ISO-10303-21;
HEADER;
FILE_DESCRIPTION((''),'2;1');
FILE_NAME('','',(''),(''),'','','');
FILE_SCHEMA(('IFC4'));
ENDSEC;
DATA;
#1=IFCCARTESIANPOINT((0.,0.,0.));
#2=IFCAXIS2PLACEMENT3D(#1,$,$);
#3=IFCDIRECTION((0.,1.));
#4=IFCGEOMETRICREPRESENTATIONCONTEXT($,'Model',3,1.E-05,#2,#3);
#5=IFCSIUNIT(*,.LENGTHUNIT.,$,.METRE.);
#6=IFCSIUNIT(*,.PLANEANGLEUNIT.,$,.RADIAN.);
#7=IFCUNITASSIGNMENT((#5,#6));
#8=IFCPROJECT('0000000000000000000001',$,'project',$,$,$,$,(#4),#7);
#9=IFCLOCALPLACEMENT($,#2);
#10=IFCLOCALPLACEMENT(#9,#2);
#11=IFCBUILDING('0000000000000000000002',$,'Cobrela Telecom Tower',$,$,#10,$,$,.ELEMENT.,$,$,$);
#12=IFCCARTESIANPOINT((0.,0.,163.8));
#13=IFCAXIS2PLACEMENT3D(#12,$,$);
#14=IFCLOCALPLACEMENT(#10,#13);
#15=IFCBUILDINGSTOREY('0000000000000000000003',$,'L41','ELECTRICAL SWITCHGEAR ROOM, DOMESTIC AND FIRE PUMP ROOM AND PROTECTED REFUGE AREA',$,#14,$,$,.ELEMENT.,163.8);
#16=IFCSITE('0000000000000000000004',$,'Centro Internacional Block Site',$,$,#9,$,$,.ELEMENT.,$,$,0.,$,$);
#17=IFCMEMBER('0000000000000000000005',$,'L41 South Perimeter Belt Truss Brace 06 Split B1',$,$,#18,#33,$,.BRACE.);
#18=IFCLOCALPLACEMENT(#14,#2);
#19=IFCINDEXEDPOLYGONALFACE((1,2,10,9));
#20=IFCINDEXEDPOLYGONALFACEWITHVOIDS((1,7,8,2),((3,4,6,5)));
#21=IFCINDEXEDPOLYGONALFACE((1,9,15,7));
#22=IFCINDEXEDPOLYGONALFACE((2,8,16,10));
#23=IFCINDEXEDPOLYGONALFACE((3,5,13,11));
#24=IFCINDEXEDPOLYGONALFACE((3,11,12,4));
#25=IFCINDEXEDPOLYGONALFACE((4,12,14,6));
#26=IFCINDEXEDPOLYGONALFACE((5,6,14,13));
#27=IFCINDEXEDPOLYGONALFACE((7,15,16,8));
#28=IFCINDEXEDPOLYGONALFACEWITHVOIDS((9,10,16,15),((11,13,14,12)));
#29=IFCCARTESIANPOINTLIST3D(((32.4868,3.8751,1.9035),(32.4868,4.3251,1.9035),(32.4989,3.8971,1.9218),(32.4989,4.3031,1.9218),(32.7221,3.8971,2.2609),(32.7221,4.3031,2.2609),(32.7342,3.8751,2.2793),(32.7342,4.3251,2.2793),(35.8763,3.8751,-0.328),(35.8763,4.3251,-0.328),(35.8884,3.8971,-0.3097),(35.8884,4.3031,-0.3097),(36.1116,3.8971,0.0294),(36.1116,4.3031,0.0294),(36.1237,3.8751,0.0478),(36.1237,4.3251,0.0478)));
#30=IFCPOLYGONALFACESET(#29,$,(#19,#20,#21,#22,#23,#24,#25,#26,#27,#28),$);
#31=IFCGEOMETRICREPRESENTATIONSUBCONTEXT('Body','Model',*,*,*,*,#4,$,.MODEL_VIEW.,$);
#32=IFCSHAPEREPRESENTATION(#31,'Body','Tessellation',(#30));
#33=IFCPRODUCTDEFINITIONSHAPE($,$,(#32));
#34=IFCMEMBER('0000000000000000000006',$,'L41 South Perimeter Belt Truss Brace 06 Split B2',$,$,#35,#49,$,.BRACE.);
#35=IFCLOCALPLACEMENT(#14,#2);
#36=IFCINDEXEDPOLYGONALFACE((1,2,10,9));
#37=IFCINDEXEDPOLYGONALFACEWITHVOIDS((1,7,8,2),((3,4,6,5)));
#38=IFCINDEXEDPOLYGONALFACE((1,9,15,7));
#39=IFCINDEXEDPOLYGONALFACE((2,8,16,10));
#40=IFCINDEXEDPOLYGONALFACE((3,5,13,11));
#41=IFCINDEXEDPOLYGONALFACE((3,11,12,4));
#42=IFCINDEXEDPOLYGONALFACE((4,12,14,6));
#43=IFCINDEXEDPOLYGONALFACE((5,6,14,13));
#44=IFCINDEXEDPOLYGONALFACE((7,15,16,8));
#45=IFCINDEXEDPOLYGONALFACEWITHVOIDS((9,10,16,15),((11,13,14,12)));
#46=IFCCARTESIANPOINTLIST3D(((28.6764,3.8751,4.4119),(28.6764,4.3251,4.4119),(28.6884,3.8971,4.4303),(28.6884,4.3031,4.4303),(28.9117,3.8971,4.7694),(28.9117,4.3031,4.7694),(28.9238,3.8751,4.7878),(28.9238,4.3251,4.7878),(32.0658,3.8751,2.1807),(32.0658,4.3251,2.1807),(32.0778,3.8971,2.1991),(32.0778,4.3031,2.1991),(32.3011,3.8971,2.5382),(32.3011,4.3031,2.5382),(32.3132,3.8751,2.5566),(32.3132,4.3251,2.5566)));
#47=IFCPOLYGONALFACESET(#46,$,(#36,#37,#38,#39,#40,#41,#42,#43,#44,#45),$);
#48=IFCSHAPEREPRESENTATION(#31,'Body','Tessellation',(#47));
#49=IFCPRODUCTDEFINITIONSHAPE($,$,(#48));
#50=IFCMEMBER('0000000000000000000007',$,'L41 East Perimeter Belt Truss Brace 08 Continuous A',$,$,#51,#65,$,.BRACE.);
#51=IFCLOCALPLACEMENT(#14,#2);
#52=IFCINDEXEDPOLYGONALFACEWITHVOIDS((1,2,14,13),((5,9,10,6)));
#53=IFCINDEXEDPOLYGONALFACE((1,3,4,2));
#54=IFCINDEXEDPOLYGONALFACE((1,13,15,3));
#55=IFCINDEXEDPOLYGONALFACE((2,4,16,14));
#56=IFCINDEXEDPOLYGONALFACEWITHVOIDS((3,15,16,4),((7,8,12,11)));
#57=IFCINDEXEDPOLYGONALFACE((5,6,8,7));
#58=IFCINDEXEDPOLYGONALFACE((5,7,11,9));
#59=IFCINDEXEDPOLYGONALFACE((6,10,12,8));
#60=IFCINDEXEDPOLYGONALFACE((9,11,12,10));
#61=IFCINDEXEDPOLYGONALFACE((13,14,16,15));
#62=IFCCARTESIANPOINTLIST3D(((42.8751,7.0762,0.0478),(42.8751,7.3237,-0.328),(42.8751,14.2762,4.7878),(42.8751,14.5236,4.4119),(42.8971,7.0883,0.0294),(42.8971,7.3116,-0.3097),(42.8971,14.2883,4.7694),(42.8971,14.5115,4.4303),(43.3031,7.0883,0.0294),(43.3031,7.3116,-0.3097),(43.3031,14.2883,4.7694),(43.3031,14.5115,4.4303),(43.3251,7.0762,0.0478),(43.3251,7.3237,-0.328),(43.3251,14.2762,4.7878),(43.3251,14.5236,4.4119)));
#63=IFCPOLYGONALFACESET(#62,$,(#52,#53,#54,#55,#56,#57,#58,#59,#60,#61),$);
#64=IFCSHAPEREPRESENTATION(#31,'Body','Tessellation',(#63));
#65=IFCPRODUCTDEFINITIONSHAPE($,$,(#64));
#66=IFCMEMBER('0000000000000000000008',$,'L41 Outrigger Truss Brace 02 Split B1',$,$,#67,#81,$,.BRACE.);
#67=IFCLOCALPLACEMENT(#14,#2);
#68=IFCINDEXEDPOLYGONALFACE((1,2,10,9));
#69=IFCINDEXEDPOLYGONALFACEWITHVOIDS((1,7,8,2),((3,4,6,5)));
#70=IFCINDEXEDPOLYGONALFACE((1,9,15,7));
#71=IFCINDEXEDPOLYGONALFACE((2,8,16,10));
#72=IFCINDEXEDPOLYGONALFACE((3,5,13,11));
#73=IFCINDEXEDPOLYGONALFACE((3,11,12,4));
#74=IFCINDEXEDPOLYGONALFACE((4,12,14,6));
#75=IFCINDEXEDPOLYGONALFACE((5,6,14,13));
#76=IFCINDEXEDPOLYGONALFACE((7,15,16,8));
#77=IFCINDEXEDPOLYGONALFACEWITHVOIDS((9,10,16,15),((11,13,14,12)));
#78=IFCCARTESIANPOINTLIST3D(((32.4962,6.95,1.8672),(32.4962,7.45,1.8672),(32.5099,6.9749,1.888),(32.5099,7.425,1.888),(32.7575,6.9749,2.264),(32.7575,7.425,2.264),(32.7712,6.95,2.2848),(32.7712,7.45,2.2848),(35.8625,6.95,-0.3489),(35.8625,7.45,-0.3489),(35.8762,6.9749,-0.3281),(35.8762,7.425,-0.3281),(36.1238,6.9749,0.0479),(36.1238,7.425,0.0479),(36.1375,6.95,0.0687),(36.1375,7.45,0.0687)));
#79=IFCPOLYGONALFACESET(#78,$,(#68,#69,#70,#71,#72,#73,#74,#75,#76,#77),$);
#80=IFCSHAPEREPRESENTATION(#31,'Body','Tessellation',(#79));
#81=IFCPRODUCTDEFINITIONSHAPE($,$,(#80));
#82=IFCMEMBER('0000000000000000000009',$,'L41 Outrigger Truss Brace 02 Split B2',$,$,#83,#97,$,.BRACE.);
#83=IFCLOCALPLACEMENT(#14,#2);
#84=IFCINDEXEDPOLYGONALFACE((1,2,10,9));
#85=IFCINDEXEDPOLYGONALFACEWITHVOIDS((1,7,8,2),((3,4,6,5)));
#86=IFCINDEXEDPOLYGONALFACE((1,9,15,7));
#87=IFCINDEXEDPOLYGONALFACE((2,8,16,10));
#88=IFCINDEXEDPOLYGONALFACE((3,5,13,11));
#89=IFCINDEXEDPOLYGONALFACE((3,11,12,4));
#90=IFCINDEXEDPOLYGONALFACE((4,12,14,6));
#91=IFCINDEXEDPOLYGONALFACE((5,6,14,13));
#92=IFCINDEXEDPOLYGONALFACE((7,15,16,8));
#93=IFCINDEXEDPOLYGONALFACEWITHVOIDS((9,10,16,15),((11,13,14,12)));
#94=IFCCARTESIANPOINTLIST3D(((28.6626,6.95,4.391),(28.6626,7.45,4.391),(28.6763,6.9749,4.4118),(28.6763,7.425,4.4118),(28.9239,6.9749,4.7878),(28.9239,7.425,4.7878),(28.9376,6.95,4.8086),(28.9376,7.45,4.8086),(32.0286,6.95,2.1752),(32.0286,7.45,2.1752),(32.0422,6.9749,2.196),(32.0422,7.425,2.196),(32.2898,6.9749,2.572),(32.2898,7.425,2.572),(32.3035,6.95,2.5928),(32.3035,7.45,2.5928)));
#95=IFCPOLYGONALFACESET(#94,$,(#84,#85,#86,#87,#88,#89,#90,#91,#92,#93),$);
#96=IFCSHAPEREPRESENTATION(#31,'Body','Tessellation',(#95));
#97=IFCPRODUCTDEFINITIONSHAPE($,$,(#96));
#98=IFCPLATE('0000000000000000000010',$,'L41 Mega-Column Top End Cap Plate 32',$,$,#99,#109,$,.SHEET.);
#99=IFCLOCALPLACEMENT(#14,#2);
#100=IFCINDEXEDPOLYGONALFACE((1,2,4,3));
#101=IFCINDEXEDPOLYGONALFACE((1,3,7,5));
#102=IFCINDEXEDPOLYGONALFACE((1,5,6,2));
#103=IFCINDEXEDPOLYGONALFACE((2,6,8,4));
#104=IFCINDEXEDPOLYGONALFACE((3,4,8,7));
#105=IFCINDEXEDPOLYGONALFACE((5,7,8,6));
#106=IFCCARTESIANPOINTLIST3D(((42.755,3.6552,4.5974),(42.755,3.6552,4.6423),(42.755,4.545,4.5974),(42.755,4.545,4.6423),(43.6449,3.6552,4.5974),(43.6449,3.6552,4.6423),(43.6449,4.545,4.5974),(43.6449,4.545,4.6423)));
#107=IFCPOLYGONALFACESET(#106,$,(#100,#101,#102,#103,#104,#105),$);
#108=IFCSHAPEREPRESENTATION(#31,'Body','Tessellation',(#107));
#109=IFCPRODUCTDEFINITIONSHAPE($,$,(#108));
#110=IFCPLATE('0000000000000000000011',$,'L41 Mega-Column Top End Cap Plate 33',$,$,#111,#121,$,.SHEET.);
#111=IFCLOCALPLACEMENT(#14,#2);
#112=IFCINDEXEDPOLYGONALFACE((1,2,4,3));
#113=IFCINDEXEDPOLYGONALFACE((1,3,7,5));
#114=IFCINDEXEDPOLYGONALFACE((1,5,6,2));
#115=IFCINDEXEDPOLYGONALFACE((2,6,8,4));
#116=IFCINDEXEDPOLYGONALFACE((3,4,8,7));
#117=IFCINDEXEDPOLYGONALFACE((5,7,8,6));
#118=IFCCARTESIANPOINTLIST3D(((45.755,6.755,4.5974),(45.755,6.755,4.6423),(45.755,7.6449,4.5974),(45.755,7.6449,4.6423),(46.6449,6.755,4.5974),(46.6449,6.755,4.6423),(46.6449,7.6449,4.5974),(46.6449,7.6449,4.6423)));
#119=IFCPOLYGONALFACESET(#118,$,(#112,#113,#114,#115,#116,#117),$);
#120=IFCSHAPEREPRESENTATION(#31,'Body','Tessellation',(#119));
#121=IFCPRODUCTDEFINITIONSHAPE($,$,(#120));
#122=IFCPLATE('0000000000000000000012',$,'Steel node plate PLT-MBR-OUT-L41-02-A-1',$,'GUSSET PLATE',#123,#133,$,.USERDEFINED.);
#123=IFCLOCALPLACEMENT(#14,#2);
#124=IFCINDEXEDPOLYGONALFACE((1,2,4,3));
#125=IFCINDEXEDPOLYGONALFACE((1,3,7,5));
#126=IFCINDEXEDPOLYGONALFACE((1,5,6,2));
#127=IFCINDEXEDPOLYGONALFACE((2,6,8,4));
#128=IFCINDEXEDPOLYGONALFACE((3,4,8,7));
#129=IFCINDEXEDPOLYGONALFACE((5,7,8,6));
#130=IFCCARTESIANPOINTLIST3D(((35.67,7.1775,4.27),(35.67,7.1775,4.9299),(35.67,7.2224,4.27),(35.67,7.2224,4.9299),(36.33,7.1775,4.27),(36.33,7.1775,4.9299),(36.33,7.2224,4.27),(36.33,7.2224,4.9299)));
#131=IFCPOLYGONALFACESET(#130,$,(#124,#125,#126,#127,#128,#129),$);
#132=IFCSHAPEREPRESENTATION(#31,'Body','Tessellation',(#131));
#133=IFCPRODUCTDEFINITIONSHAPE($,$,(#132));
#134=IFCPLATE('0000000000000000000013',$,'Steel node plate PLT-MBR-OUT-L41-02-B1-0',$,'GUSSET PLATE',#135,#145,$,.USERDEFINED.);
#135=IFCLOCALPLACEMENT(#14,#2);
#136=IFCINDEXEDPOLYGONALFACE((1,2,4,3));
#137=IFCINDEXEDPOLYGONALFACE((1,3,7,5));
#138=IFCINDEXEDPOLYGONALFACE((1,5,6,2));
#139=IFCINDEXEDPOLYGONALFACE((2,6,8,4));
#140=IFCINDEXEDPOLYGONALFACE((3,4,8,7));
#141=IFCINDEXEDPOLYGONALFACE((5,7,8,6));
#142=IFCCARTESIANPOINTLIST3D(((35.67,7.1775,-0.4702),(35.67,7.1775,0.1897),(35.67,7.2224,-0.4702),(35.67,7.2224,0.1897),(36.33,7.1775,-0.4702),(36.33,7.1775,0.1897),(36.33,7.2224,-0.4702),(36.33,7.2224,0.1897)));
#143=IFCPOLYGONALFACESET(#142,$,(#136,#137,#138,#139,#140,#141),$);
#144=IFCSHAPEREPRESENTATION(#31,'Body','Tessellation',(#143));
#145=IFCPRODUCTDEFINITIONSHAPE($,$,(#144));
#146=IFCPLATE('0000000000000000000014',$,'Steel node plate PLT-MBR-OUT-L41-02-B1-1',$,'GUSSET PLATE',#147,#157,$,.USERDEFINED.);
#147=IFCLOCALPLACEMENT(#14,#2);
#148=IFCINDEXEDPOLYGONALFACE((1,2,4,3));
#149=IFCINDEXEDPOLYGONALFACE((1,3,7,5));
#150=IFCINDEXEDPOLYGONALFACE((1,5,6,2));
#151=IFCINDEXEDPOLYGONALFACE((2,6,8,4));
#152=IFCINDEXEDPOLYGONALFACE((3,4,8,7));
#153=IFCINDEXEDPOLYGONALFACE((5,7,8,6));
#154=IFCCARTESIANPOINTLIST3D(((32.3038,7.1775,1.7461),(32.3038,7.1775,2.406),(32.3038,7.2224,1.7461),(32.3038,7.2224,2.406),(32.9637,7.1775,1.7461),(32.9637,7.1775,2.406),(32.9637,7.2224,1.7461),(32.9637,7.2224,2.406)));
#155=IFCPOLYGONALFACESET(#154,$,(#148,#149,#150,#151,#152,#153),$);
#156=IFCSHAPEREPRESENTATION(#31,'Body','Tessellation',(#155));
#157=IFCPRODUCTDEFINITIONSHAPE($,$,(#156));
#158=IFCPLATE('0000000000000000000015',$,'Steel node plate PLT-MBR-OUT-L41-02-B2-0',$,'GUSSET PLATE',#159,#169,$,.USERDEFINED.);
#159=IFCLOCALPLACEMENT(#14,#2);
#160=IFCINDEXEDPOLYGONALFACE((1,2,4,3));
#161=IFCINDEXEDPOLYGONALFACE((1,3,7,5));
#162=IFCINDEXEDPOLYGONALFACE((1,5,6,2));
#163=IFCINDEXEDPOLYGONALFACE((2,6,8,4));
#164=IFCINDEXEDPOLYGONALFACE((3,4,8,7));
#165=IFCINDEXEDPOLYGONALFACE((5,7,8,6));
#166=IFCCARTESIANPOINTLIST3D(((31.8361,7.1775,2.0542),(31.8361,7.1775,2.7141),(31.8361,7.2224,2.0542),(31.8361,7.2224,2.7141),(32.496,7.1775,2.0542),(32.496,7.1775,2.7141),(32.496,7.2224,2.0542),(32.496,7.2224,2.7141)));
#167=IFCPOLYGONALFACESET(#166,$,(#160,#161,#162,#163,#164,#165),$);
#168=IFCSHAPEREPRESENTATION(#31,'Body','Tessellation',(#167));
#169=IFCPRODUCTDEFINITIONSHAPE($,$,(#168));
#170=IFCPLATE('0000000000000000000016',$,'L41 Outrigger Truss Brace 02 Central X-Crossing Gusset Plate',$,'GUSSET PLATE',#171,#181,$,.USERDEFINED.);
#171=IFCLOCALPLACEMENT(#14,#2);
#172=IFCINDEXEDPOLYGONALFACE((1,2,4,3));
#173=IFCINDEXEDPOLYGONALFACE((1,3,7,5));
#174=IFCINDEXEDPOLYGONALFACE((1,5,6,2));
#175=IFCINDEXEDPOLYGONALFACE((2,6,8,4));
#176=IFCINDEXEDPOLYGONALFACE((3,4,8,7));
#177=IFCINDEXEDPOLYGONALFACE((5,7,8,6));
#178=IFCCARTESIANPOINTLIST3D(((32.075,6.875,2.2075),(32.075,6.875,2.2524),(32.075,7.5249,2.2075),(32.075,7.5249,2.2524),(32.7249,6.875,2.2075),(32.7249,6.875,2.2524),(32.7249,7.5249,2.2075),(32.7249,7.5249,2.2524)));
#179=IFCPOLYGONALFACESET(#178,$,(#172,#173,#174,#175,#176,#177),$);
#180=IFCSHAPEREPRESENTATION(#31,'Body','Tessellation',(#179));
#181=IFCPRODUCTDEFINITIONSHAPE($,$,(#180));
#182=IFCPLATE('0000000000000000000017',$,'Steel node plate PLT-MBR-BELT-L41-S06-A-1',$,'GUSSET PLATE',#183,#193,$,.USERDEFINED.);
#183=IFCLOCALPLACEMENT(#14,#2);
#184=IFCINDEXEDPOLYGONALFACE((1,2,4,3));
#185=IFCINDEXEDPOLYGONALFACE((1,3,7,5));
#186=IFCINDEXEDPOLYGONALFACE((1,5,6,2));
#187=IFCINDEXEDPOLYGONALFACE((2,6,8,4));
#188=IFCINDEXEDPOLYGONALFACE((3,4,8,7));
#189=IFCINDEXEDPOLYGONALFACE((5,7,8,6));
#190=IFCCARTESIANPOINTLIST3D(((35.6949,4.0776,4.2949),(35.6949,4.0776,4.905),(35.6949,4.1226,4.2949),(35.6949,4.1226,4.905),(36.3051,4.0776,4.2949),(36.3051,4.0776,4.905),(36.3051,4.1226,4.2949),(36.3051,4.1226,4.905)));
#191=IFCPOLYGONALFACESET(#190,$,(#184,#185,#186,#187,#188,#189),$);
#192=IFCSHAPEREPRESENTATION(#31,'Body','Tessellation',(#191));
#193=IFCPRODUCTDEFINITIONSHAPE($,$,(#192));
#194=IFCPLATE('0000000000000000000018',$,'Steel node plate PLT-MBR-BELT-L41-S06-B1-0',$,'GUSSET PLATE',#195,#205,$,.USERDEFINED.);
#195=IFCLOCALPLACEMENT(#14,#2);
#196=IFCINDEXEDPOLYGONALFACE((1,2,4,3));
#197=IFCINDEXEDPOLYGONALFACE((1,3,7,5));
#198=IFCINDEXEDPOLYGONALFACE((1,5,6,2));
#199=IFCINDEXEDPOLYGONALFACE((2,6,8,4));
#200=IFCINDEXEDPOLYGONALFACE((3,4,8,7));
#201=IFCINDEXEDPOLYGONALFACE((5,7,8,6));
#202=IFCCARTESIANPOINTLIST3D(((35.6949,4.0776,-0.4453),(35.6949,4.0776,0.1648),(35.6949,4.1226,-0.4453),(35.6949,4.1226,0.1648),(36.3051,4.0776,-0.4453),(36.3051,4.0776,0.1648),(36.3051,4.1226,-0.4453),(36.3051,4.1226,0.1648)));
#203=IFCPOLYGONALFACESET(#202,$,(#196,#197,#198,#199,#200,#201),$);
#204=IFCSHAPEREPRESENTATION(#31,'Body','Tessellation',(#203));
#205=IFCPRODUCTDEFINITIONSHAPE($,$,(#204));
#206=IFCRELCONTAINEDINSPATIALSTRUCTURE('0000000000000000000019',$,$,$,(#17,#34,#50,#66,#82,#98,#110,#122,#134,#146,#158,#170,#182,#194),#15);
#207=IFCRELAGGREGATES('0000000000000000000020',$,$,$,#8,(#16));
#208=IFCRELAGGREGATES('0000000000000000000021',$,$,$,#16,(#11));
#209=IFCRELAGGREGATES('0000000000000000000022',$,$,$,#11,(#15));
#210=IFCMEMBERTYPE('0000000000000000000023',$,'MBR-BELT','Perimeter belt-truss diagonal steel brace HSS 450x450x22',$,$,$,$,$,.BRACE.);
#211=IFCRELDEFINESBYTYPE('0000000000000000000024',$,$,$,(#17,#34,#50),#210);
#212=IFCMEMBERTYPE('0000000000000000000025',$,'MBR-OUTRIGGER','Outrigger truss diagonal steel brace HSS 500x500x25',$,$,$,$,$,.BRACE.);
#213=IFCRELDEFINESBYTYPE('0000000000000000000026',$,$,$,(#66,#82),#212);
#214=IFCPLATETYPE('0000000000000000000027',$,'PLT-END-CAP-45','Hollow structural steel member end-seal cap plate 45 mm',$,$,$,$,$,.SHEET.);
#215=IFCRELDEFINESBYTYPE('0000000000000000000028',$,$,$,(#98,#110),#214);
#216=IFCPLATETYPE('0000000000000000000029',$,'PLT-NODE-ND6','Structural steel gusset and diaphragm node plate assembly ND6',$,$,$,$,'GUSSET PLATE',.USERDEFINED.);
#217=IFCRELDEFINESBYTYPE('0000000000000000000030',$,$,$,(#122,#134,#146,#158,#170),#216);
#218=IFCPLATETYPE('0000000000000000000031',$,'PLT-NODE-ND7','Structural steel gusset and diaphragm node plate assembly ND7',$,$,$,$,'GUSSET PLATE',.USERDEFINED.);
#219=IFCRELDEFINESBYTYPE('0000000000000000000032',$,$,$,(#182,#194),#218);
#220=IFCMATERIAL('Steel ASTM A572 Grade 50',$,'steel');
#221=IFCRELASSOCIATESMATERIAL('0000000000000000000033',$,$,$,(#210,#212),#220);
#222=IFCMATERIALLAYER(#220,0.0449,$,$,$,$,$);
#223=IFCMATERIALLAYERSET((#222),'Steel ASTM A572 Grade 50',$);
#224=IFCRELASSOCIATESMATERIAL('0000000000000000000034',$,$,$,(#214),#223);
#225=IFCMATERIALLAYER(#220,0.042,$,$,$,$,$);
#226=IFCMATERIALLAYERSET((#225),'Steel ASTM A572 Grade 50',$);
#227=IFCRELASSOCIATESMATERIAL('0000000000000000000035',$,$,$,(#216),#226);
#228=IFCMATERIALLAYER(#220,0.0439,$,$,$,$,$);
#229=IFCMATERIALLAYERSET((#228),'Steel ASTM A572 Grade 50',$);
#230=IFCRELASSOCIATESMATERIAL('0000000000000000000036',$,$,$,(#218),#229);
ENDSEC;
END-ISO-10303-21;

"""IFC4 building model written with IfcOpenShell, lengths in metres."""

from ifc_helpers import new_model, si_unit, direction, frame, origin, origin_2d, place, context, subcontext, project, spatial, rectangle, hollow_rectangle, extrude, material, layer, layer_set, material_profile, profile_set, type_object, element, save


model = new_model("IFC4")

# Units and contexts
model_context = context("Model", 3, precision=1e-05, world=origin(), true_north=direction((0.0, 1.0)))
body_context = subcontext(model_context, "Body", "Model", "MODEL_VIEW")
ifc_project = project(units=[si_unit("LENGTHUNIT", "METRE"), si_unit("PLANEANGLEUNIT", "RADIAN")], contexts=[model_context])

# Site, building, storey
site_placement = place(None, origin())
site = spatial("IfcSite", under=ifc_project, at=site_placement, Name="Centro Internacional Block Site", CompositionType="ELEMENT", RefElevation=0.0)
building_placement = place(site_placement, origin())
building = spatial("IfcBuilding", under=site, at=building_placement, Name="Cobrela Telecom Tower", CompositionType="ELEMENT")
storey_placement = place(building_placement, frame((0.0, 0.0, 163.8)))
storey = spatial("IfcBuildingStorey", under=building, at=storey_placement, Name="L41", Description="ELECTRICAL SWITCHGEAR ROOM, DOMESTIC AND FIRE PUMP ROOM AND PROTECTED REFUGE AREA", CompositionType="ELEMENT", Elevation=163.8)

# Shared definitions
ifc_material_1 = material(Name="Steel ASTM A572 Grade 50", Category="steel")

# Members
ifc_material_profile_1 = material_profile(ifc_material_1, hollow_rectangle(XDim=0.45, YDim=0.45, WallThickness=0.022, at=origin_2d()), Name="HSS 450x450x22")
ifc_profile_set_1 = profile_set([ifc_material_profile_1], Name="Steel ASTM A572 Grade 50")
member_type_1 = type_object("IfcMemberType", Name="MBR-BELT", Description="Perimeter belt-truss diagonal steel brace HSS 450x450x22", PredefinedType="BRACE", material=ifc_profile_set_1)
member_1_placement = place(storey_placement, frame((36.0, 4.1001, -0.1401), z_axis=(-0.835239, 0.0, 0.549887), x_axis=(0.0, -1.0, 0.0)))
element("IfcMember", 1, at=member_1_placement, inside=storey, type_object=member_type_1, Name="L41 South Perimeter Belt Truss Brace 06 Split B1", PredefinedType="BRACE", context=body_context, shape_type="SweptSolid", body=[
    extrude(hollow_rectangle(XDim=0.45, YDim=0.45, WallThickness=0.022, at=origin_2d()), origin(), (0.0, 0.0, 1.0), 4.0581),
])
member_2_placement = place(storey_placement, frame((32.1895, 4.1001, 2.3687), z_axis=(-0.835267, 0.0, 0.549845), x_axis=(0.0, -1.0, 0.0)))
element("IfcMember", 2, at=member_2_placement, inside=storey, type_object=member_type_1, Name="L41 South Perimeter Belt Truss Brace 06 Split B2", PredefinedType="BRACE", context=body_context, shape_type="SweptSolid", body=[
    extrude(hollow_rectangle(XDim=0.45, YDim=0.45, WallThickness=0.022, at=origin_2d()), origin(), (0.0, 0.0, 1.0), 4.0579),
])
member_3_placement = place(storey_placement, frame((43.1001, 7.2, -0.1401), z_axis=(0.0, 0.835248, 0.549874), x_axis=(-1.0, 0.0, 0.0)))
element("IfcMember", 3, at=member_3_placement, inside=storey, type_object=member_type_1, Name="L41 East Perimeter Belt Truss Brace 08 Continuous A", PredefinedType="BRACE", context=body_context, shape_type="SweptSolid", body=[
    extrude(hollow_rectangle(XDim=0.45, YDim=0.45, WallThickness=0.022, at=origin_2d()), origin(), (0.0, 0.0, 1.0), 8.6201),
])
ifc_material_profile_2 = material_profile(ifc_material_1, hollow_rectangle(XDim=0.5, YDim=0.5, WallThickness=0.0249, at=origin_2d()), Name="HSS 500x500x25")
ifc_profile_set_2 = profile_set([ifc_material_profile_2], Name="Steel ASTM A572 Grade 50")
member_type_2 = type_object("IfcMemberType", Name="MBR-OUTRIGGER", Description="Outrigger truss diagonal steel brace HSS 500x500x25", PredefinedType="BRACE", material=ifc_profile_set_2)
member_4_placement = place(storey_placement, frame((36.0, 7.2, -0.1401), z_axis=(-0.835252, 0.0, 0.549868), x_axis=(0.0, -1.0, 0.0)))
element("IfcMember", 4, at=member_4_placement, inside=storey, type_object=member_type_2, Name="L41 Outrigger Truss Brace 02 Split B1", PredefinedType="BRACE", context=body_context, shape_type="SweptSolid", body=[
    extrude(hollow_rectangle(XDim=0.5, YDim=0.5, WallThickness=0.0249, at=origin_2d()), origin(), (0.0, 0.0, 1.0), 4.0303),
])
member_5_placement = place(storey_placement, frame((32.166, 7.2, 2.384), z_axis=(-0.835261, 0.0, 0.549853), x_axis=(0.0, -1.0, 0.0)))
element("IfcMember", 5, at=member_5_placement, inside=storey, type_object=member_type_2, Name="L41 Outrigger Truss Brace 02 Split B2", PredefinedType="BRACE", context=body_context, shape_type="SweptSolid", body=[
    extrude(hollow_rectangle(XDim=0.5, YDim=0.5, WallThickness=0.0249, at=origin_2d()), origin(), (0.0, 0.0, 1.0), 4.0298),
])

# Plates
ifc_layer_1 = layer(ifc_material_1, 0.0449)
ifc_layer_set_1 = layer_set([ifc_layer_1], Name="Steel ASTM A572 Grade 50")
plate_type_1 = type_object("IfcPlateType", Name="PLT-END-CAP-45", Description="Hollow structural steel member end-seal cap plate 45 mm", PredefinedType="SHEET", material=ifc_layer_set_1)
for number, where, z_axis, x_axis, name in (
    (6, (43.2, 4.1001, 4.5974), (0.0, 0.0, 1.0), (1.0, 0.0, 0.0), "L41 Mega-Column Top End Cap Plate 32"),
    (7, (46.2, 7.2, 4.5974), (0.0, 0.0, 1.0), (1.0, 0.0, 0.0), "L41 Mega-Column Top End Cap Plate 33"),
):
    element("IfcPlate", number, at=place(storey_placement, frame(where, z_axis=z_axis, x_axis=x_axis)), inside=storey, type_object=plate_type_1, Name=name, PredefinedType="SHEET", context=body_context, shape_type="SweptSolid", body=[
        extrude(rectangle(XDim=0.8899, YDim=0.8899, at=origin_2d()), origin(), (0.0, 0.0, 1.0), 0.0449),
    ])
ifc_layer_2 = layer(ifc_material_1, 0.042)
ifc_layer_set_2 = layer_set([ifc_layer_2], Name="Steel ASTM A572 Grade 50")
plate_type_2 = type_object("IfcPlateType", Name="PLT-NODE-ND6", Description="Structural steel gusset and diaphragm node plate assembly ND6", ElementType="GUSSET PLATE", PredefinedType="USERDEFINED", material=ifc_layer_set_2)
for number, where, z_axis, x_axis, name in (
    (8, (36.0, 7.2, 4.27), (0.0, 0.0, 1.0), (1.0, 0.0, 0.0), "Steel node plate PLT-MBR-OUT-L41-02-A-1"),
    (9, (36.0, 7.2, -0.4702), (0.0, 0.0, 1.0), (-1.0, 0.0, 0.0), "Steel node plate PLT-MBR-OUT-L41-02-B1-0"),
    (10, (32.6338, 7.2, 1.7461), (0.0, 0.0, 1.0), (-1.0, 0.0, 0.0), "Steel node plate PLT-MBR-OUT-L41-02-B1-1"),
    (11, (32.166, 7.2, 2.0542), (0.0, 0.0, 1.0), (-1.0, 0.0, 0.0), "Steel node plate PLT-MBR-OUT-L41-02-B2-0"),
):
    element("IfcPlate", number, at=place(storey_placement, frame(where, z_axis=z_axis, x_axis=x_axis)), inside=storey, type_object=plate_type_2, Name=name, ObjectType="GUSSET PLATE", PredefinedType="USERDEFINED", context=body_context, shape_type="SweptSolid", body=[
        extrude(rectangle(XDim=0.6599, YDim=0.0449, at=origin_2d()), origin(), (0.0, 0.0, 1.0), 0.6599),
    ])
plate_1_placement = place(storey_placement, frame((32.3999, 7.2, 2.2075), z_axis=(0.0, 0.0, 1.0), x_axis=(1.0, 0.0, 0.0)))
element("IfcPlate", 12, at=plate_1_placement, inside=storey, type_object=plate_type_2, Name="L41 Outrigger Truss Brace 02 Central X-Crossing Gusset Plate", ObjectType="GUSSET PLATE", PredefinedType="USERDEFINED", context=body_context, shape_type="SweptSolid", body=[
    extrude(rectangle(XDim=0.6499, YDim=0.6499, at=origin_2d()), origin(), (0.0, 0.0, 1.0), 0.0449),
])
ifc_layer_3 = layer(ifc_material_1, 0.0439)
ifc_layer_set_3 = layer_set([ifc_layer_3], Name="Steel ASTM A572 Grade 50")
plate_type_3 = type_object("IfcPlateType", Name="PLT-NODE-ND7", Description="Structural steel gusset and diaphragm node plate assembly ND7", ElementType="GUSSET PLATE", PredefinedType="USERDEFINED", material=ifc_layer_set_3)
for number, where, z_axis, x_axis, name in (
    (13, (36.0, 4.1001, 4.2949), (0.0, 0.0, 1.0), (1.0, 0.0, 0.0), "Steel node plate PLT-MBR-BELT-L41-S06-A-1"),
    (14, (36.0, 4.1001, -0.4453), (0.0, 0.0, 1.0), (-1.0, 0.0, 0.0), "Steel node plate PLT-MBR-BELT-L41-S06-B1-0"),
):
    element("IfcPlate", number, at=place(storey_placement, frame(where, z_axis=z_axis, x_axis=x_axis)), inside=storey, type_object=plate_type_3, Name=name, ObjectType="GUSSET PLATE", PredefinedType="USERDEFINED", context=body_context, shape_type="SweptSolid", body=[
        extrude(rectangle(XDim=0.6101, YDim=0.0449, at=origin_2d()), origin(), (0.0, 0.0, 1.0), 0.6101),
    ])

save(model, "model.ifc")
